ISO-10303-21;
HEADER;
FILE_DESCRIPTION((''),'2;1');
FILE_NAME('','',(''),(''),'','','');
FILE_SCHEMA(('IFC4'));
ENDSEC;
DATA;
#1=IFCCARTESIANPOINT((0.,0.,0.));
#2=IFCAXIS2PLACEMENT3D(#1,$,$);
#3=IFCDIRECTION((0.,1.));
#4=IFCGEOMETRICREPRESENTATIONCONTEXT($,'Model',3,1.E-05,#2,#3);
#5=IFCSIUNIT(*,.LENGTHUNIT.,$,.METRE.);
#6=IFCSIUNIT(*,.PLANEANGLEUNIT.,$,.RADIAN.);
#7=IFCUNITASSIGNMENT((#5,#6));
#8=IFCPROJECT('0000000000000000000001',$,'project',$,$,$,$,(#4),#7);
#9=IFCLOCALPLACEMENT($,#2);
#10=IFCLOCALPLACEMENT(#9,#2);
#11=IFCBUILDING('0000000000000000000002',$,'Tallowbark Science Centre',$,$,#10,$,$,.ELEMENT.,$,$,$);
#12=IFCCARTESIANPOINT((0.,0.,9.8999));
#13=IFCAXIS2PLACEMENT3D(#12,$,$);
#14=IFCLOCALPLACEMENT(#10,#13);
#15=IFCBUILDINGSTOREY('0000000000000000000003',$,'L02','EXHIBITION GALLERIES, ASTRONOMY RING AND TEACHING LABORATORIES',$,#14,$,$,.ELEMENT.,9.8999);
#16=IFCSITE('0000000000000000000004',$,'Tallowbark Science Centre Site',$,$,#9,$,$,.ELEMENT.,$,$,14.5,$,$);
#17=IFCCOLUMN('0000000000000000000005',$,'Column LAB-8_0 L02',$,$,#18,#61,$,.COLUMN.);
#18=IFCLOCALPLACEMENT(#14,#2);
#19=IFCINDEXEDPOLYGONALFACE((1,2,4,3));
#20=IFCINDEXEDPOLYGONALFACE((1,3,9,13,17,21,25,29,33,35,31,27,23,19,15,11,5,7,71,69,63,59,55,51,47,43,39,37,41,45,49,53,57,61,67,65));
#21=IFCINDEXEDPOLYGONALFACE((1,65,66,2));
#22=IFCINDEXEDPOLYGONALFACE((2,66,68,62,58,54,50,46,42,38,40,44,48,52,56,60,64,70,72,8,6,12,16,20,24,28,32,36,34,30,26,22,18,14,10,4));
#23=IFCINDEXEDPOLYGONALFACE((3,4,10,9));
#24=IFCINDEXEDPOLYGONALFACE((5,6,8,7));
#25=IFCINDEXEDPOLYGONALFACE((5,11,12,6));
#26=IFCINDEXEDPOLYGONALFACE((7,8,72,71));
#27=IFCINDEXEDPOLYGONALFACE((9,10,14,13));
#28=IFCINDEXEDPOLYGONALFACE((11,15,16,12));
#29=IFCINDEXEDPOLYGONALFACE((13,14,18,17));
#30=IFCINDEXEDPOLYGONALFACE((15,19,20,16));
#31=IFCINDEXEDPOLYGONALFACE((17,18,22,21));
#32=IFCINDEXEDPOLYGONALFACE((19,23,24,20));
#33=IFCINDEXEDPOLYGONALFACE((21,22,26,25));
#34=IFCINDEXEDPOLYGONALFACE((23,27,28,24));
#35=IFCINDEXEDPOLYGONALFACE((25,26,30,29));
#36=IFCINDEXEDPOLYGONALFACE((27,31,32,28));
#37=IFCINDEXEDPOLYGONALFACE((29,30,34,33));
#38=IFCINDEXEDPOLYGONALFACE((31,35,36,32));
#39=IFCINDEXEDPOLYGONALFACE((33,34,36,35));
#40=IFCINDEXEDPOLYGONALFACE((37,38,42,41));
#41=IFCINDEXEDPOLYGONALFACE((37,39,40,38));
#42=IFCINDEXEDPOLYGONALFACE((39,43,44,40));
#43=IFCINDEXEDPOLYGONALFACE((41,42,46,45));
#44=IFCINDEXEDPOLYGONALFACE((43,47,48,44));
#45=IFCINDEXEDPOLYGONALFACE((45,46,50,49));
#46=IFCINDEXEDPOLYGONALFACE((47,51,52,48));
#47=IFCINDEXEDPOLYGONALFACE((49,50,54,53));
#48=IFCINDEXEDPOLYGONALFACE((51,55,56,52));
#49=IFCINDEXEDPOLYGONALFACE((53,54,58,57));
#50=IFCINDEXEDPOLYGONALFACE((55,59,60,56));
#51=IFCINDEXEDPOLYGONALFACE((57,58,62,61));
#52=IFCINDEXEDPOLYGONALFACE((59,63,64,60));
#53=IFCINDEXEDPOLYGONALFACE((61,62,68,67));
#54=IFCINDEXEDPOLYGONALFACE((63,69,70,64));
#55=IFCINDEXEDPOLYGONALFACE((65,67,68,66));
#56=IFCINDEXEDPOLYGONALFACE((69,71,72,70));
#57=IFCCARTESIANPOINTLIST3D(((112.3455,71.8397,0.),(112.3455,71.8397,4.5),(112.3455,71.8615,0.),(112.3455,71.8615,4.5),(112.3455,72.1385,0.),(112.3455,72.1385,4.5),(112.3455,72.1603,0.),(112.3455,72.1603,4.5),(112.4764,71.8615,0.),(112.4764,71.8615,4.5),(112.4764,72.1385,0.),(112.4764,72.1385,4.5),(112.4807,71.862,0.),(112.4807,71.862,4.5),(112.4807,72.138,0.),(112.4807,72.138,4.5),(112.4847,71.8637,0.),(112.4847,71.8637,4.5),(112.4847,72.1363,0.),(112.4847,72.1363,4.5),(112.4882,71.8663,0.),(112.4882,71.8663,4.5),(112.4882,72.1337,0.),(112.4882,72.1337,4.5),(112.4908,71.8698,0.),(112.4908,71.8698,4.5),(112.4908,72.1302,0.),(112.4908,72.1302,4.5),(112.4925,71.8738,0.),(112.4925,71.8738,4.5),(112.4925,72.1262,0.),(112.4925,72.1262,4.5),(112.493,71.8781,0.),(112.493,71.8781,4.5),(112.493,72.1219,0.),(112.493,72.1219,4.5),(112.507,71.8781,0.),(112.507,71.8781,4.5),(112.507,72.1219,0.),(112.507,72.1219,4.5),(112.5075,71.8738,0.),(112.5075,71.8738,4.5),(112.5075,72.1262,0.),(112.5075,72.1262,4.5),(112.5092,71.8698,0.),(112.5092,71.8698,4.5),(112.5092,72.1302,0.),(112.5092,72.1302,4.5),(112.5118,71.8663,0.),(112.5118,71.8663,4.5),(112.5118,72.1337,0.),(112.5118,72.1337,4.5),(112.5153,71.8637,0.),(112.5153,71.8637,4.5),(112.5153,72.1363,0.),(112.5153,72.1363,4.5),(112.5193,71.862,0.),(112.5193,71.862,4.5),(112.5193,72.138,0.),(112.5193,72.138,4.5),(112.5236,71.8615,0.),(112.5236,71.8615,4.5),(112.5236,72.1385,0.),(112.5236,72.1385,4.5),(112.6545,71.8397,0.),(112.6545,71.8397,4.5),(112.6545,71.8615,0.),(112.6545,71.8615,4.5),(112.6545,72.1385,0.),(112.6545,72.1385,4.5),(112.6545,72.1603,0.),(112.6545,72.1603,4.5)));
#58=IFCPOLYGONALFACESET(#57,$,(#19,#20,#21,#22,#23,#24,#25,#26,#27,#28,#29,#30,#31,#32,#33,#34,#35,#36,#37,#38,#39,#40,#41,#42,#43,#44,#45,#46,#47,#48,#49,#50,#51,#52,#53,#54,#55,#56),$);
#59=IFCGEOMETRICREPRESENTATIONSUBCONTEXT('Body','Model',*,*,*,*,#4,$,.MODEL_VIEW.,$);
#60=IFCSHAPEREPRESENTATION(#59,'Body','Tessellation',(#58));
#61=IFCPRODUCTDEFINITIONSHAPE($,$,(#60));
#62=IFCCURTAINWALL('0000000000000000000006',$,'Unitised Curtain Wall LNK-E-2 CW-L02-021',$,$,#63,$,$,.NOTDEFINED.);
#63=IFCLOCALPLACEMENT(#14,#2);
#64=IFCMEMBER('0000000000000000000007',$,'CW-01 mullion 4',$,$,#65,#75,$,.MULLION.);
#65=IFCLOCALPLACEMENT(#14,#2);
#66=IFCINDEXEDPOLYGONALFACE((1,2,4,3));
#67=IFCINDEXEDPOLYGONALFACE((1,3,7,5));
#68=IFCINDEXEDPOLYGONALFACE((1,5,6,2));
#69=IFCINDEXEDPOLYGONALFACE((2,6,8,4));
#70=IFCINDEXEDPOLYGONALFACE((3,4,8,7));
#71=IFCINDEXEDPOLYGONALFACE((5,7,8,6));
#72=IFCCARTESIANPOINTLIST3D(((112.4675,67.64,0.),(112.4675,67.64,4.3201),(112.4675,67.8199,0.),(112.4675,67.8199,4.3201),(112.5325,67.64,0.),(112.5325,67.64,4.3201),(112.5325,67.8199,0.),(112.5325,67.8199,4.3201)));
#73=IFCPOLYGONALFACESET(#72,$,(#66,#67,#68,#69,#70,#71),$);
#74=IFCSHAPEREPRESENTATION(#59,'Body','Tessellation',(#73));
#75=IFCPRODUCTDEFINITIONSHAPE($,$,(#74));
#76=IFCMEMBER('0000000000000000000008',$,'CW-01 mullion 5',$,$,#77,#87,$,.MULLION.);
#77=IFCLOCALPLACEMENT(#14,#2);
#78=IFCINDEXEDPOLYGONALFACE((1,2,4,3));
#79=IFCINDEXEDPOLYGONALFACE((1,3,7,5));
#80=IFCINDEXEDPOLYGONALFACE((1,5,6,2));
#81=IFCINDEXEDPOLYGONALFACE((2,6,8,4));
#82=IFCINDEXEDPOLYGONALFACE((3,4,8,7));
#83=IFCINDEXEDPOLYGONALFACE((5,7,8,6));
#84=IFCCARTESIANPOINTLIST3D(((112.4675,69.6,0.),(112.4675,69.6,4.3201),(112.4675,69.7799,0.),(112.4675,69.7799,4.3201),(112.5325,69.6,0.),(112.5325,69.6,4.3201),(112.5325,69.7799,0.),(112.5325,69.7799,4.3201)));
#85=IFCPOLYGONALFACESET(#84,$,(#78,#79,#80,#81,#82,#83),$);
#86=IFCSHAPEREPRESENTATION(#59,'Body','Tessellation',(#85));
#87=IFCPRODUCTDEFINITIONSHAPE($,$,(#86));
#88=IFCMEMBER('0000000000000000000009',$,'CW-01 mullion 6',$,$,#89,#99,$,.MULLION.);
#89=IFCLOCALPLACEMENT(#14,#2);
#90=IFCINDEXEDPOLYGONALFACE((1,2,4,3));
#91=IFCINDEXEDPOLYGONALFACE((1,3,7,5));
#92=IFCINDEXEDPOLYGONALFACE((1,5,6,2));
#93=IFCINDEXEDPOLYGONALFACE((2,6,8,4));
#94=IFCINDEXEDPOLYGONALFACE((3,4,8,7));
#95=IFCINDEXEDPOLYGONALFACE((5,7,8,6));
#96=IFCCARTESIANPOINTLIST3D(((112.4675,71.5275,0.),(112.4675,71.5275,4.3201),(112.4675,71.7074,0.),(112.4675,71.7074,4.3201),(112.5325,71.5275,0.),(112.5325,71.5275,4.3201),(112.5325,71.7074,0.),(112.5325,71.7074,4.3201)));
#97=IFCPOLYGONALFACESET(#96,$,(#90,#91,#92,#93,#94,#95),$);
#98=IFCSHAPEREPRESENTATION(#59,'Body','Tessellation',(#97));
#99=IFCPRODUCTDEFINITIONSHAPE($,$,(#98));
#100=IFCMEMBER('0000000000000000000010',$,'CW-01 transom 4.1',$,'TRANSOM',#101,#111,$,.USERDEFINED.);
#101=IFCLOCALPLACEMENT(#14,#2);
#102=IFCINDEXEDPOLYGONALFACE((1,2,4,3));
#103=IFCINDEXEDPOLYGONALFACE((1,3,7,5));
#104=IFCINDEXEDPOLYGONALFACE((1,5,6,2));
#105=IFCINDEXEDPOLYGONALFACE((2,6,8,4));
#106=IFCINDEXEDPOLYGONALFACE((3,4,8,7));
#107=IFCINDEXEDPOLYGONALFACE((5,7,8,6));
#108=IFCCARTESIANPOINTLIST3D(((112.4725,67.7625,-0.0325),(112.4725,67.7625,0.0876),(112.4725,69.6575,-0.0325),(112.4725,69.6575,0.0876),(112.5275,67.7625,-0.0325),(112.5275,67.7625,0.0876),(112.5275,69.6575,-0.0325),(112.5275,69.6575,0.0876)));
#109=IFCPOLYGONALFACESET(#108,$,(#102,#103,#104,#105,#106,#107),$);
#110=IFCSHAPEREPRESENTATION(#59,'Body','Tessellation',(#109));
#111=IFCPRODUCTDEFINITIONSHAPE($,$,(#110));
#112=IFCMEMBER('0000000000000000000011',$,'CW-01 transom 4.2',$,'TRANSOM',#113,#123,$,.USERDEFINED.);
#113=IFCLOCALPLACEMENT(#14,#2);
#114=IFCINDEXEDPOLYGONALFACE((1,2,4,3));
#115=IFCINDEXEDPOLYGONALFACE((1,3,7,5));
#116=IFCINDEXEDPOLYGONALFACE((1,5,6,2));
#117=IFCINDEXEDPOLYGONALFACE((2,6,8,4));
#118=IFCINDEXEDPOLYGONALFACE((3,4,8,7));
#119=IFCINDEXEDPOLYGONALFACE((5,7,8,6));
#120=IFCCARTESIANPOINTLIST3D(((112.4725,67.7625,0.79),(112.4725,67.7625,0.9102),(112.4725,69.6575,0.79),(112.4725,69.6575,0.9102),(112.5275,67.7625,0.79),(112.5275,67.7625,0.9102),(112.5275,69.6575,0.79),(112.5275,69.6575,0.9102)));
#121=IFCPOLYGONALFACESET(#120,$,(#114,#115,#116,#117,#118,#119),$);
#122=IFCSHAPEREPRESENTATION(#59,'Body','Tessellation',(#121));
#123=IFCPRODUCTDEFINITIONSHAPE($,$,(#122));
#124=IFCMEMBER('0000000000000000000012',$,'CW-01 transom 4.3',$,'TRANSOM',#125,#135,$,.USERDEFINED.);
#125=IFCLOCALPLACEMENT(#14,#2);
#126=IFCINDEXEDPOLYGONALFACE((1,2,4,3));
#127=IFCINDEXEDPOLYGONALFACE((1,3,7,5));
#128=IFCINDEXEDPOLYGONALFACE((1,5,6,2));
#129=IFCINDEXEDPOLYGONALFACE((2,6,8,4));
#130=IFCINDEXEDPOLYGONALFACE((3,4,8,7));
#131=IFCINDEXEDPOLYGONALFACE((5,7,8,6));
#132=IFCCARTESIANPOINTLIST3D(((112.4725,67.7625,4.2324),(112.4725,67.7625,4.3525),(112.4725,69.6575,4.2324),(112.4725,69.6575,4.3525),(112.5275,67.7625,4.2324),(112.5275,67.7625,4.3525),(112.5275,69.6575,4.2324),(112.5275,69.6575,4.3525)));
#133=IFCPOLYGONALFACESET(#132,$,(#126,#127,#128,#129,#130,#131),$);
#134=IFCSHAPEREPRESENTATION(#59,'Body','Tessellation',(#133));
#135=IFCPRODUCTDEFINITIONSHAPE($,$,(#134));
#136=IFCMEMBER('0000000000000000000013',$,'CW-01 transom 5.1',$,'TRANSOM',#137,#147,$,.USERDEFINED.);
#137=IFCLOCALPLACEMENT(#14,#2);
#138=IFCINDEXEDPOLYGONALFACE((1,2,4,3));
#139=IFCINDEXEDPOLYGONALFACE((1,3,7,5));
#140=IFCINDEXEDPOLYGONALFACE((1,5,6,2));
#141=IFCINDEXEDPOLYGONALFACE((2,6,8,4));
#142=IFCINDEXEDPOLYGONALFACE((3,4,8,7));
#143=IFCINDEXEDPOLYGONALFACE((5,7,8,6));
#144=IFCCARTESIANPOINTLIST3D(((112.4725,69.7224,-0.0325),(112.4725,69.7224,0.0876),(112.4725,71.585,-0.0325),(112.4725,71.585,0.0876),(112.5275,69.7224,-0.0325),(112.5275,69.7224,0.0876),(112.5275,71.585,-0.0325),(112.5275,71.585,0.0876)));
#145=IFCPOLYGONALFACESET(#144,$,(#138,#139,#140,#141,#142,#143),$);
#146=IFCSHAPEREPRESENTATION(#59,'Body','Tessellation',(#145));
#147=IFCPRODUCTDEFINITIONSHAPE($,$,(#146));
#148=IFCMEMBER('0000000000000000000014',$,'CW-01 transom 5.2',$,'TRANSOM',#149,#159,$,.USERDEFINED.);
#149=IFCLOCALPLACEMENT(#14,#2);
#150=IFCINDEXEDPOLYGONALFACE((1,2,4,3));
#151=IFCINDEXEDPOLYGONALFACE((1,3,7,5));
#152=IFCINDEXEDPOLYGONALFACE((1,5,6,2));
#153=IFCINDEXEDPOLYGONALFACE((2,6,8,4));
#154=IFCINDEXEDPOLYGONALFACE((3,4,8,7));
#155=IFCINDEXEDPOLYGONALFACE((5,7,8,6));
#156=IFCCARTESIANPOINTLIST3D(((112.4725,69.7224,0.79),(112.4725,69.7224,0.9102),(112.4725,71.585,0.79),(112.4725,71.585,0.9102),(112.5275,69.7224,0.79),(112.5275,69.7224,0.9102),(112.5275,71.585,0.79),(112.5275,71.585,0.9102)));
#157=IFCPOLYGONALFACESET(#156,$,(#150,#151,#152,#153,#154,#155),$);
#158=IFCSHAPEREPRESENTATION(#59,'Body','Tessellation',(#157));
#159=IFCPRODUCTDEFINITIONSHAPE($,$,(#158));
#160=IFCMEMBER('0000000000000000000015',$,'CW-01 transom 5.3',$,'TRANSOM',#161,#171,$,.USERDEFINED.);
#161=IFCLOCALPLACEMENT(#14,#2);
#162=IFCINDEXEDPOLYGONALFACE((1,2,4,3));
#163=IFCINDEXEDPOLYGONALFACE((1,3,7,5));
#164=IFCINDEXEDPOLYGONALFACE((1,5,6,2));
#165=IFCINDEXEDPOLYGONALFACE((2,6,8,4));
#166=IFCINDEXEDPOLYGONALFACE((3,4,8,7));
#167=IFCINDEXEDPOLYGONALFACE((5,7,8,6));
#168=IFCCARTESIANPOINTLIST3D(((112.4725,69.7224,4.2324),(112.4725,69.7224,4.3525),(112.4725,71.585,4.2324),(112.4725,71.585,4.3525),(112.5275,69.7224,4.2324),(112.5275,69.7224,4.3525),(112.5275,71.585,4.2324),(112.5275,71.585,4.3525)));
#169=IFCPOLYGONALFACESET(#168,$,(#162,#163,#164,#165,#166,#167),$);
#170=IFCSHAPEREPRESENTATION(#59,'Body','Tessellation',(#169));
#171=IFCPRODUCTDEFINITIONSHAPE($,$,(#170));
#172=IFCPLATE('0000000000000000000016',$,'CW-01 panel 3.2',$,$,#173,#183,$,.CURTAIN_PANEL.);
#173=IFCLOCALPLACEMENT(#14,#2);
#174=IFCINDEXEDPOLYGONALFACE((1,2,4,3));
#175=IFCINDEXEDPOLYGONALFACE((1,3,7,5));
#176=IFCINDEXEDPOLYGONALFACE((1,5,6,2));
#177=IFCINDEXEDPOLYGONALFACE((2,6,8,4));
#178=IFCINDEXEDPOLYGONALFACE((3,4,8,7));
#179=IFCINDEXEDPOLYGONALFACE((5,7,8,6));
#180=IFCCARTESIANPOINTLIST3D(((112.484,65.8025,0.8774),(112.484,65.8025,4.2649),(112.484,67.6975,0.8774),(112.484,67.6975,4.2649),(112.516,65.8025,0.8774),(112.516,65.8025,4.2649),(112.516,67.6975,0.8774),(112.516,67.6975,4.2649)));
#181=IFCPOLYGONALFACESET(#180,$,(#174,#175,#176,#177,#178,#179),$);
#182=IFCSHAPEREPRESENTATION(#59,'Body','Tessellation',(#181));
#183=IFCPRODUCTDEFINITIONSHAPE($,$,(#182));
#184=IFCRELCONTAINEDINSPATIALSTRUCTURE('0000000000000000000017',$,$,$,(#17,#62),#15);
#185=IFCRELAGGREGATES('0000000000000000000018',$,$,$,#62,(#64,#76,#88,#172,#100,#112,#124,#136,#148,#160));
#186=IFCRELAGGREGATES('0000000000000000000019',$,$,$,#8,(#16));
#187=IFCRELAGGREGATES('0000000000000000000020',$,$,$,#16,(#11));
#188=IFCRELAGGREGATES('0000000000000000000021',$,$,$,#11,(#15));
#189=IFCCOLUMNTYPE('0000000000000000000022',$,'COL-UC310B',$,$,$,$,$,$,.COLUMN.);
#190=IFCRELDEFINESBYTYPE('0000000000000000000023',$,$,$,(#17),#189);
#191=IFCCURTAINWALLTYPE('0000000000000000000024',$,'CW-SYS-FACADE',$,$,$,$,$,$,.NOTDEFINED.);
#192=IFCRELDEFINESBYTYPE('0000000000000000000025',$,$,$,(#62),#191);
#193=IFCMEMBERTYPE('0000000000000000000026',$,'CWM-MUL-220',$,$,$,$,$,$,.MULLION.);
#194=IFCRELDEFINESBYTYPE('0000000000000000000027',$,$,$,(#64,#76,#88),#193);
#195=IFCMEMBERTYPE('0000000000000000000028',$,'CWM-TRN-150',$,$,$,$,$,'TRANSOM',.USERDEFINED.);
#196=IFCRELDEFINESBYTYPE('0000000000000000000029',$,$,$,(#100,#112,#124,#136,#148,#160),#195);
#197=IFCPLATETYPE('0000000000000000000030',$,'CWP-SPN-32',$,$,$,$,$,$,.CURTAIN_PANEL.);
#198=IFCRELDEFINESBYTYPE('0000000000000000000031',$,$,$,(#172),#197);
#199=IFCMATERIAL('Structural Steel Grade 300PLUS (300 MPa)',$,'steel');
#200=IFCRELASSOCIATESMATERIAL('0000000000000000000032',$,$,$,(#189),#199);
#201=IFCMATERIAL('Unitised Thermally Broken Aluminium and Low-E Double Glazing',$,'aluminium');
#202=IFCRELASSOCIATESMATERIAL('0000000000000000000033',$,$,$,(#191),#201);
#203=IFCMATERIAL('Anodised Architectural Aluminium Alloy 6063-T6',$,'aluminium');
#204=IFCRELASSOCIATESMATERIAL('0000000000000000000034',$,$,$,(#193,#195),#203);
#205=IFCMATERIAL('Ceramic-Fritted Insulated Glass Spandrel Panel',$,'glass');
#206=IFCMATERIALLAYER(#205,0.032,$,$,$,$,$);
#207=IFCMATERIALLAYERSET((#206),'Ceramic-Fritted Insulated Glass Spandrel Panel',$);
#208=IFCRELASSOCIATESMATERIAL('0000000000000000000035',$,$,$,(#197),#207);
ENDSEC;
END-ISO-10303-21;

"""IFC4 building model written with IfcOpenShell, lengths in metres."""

from ifc_helpers import new_model, si_unit, direction, frame, origin, origin_2d, place, context, subcontext, project, spatial, rectangle, i_section, extrude, material, layer, layer_set, material_profile, profile_set, type_object, element, aggregate, save


model = new_model("IFC4")

# Units and contexts
model_context = context("Model", 3, precision=1e-05, world=origin(), true_north=direction((0.0, 1.0)))
body_context = subcontext(model_context, "Body", "Model", "MODEL_VIEW")
ifc_project = project(units=[si_unit("LENGTHUNIT", "METRE"), si_unit("PLANEANGLEUNIT", "RADIAN")], contexts=[model_context])

# Site, building, storey
site_placement = place(None, origin())
site = spatial("IfcSite", under=ifc_project, at=site_placement, Name="Tallowbark Science Centre Site", CompositionType="ELEMENT", RefElevation=14.5)
building_placement = place(site_placement, origin())
building = spatial("IfcBuilding", under=site, at=building_placement, Name="Tallowbark Science Centre", CompositionType="ELEMENT")
storey_placement = place(building_placement, frame((0.0, 0.0, 9.8999)))
storey = spatial("IfcBuildingStorey", under=building, at=storey_placement, Name="L02", Description="EXHIBITION GALLERIES, ASTRONOMY RING AND TEACHING LABORATORIES", CompositionType="ELEMENT", Elevation=9.8999)

# Column
ifc_material_1 = material(Name="Structural Steel Grade 300PLUS (300 MPa)", Category="steel")
ifc_material_profile_1 = material_profile(ifc_material_1, i_section(OverallWidth=0.3091, OverallDepth=0.3206, WebThickness=0.0139, FlangeThickness=0.0217, FilletRadius=0.0166, at=origin_2d()), Name="310UC137")
ifc_profile_set_1 = profile_set([ifc_material_profile_1], Name="Structural Steel Grade 300PLUS (300 MPa)")
column_type = type_object("IfcColumnType", Name="COL-UC310B", PredefinedType="COLUMN", material=ifc_profile_set_1)
column_placement = place(storey_placement, frame((112.5, 72.0, 0.0), z_axis=(0.0, 0.0, 1.0), x_axis=(1.0, 0.0, 0.0)))
element("IfcColumn", 1, at=column_placement, inside=storey, type_object=column_type, Name="Column LAB-8_0 L02", PredefinedType="COLUMN", context=body_context, shape_type="SweptSolid", body=[
    extrude(i_section(OverallWidth=0.3091, OverallDepth=0.3206, WebThickness=0.0139, FlangeThickness=0.0217, FilletRadius=0.0166, at=origin_2d()), origin(), (0.0, 0.0, 1.0), 4.5),
])

# Curtain wall, members, plate
ifc_material_2 = material(Name="Unitised Thermally Broken Aluminium and Low-E Double Glazing", Category="aluminium")
curtain_wall_type = type_object("IfcCurtainWallType", Name="CW-SYS-FACADE", PredefinedType="NOTDEFINED", material=ifc_material_2)
curtain_wall_placement = place(storey_placement, origin())
curtain_wall = element("IfcCurtainWall", 2, at=curtain_wall_placement, inside=storey, type_object=curtain_wall_type, Name="Unitised Curtain Wall LNK-E-2 CW-L02-021", PredefinedType="NOTDEFINED")
ifc_material_3 = material(Name="Anodised Architectural Aluminium Alloy 6063-T6", Category="aluminium")
ifc_material_profile_2 = material_profile(ifc_material_3, rectangle(XDim=0.0649, YDim=0.1799, at=origin_2d()), Name="ALU65x180")
ifc_profile_set_2 = profile_set([ifc_material_profile_2], Name="Anodised Architectural Aluminium Alloy 6063-T6")
member_type_1 = type_object("IfcMemberType", Name="CWM-MUL-220", PredefinedType="MULLION", material=ifc_profile_set_2)
member_1_placement = place(storey_placement, frame((112.5, 67.73, 0.0), z_axis=(0.0, 0.0, 1.0), x_axis=(-1.0, 0.0, 0.0)))
member_1 = element("IfcMember", 3, at=member_1_placement, type_object=member_type_1, Name="CW-01 mullion 4", PredefinedType="MULLION", context=body_context, shape_type="SweptSolid", body=[
    extrude(rectangle(XDim=0.0649, YDim=0.1799, at=origin_2d()), origin(), (0.0, 0.0, 1.0), 4.3201),
])
member_2_placement = place(storey_placement, frame((112.5, 69.6899, 0.0), z_axis=(0.0, 0.0, 1.0), x_axis=(-1.0, 0.0, 0.0)))
member_2 = element("IfcMember", 4, at=member_2_placement, type_object=member_type_1, Name="CW-01 mullion 5", PredefinedType="MULLION", context=body_context, shape_type="SweptSolid", body=[
    extrude(rectangle(XDim=0.0649, YDim=0.1799, at=origin_2d()), origin(), (0.0, 0.0, 1.0), 4.3201),
])
member_3_placement = place(storey_placement, frame((112.5, 71.6174, 0.0), z_axis=(0.0, 0.0, 1.0), x_axis=(-1.0, 0.0, 0.0)))
member_3 = element("IfcMember", 5, at=member_3_placement, type_object=member_type_1, Name="CW-01 mullion 6", PredefinedType="MULLION", context=body_context, shape_type="SweptSolid", body=[
    extrude(rectangle(XDim=0.0649, YDim=0.1799, at=origin_2d()), origin(), (0.0, 0.0, 1.0), 4.3201),
])
ifc_material_profile_3 = material_profile(ifc_material_3, rectangle(XDim=0.0549, YDim=0.1201, at=origin_2d()), Name="ALU55x120")
ifc_profile_set_3 = profile_set([ifc_material_profile_3], Name="Anodised Architectural Aluminium Alloy 6063-T6")
member_type_2 = type_object("IfcMemberType", Name="CWM-TRN-150", ElementType="TRANSOM", PredefinedType="USERDEFINED", material=ifc_profile_set_3)
member_4_placement = place(storey_placement, frame((112.5, 67.7625, 0.0276), z_axis=(0.0, 1.0, 0.0), x_axis=(-1.0, 0.0, 0.0)))
member_4 = element("IfcMember", 6, at=member_4_placement, type_object=member_type_2, Name="CW-01 transom 4.1", ObjectType="TRANSOM", PredefinedType="USERDEFINED", context=body_context, shape_type="SweptSolid", body=[
    extrude(rectangle(XDim=0.0549, YDim=0.1201, at=origin_2d()), origin(), (0.0, 0.0, 1.0), 1.895),
])
member_5_placement = place(storey_placement, frame((112.5, 67.7625, 0.8501), z_axis=(0.0, 1.0, 0.0), x_axis=(-1.0, 0.0, 0.0)))
member_5 = element("IfcMember", 7, at=member_5_placement, type_object=member_type_2, Name="CW-01 transom 4.2", ObjectType="TRANSOM", PredefinedType="USERDEFINED", context=body_context, shape_type="SweptSolid", body=[
    extrude(rectangle(XDim=0.0549, YDim=0.1201, at=origin_2d()), origin(), (0.0, 0.0, 1.0), 1.895),
])
member_6_placement = place(storey_placement, frame((112.5, 67.7625, 4.2925), z_axis=(0.0, 1.0, 0.0), x_axis=(-1.0, 0.0, 0.0)))
member_6 = element("IfcMember", 8, at=member_6_placement, type_object=member_type_2, Name="CW-01 transom 4.3", ObjectType="TRANSOM", PredefinedType="USERDEFINED", context=body_context, shape_type="SweptSolid", body=[
    extrude(rectangle(XDim=0.0549, YDim=0.1201, at=origin_2d()), origin(), (0.0, 0.0, 1.0), 1.895),
])
member_7_placement = place(storey_placement, frame((112.5, 69.7224, 0.0276), z_axis=(0.0, 1.0, 0.0), x_axis=(-1.0, 0.0, 0.0)))
member_7 = element("IfcMember", 9, at=member_7_placement, type_object=member_type_2, Name="CW-01 transom 5.1", ObjectType="TRANSOM", PredefinedType="USERDEFINED", context=body_context, shape_type="SweptSolid", body=[
    extrude(rectangle(XDim=0.0549, YDim=0.1201, at=origin_2d()), origin(), (0.0, 0.0, 1.0), 1.8625),
])
member_8_placement = place(storey_placement, frame((112.5, 69.7224, 0.8501), z_axis=(0.0, 1.0, 0.0), x_axis=(-1.0, 0.0, 0.0)))
member_8 = element("IfcMember", 10, at=member_8_placement, type_object=member_type_2, Name="CW-01 transom 5.2", ObjectType="TRANSOM", PredefinedType="USERDEFINED", context=body_context, shape_type="SweptSolid", body=[
    extrude(rectangle(XDim=0.0549, YDim=0.1201, at=origin_2d()), origin(), (0.0, 0.0, 1.0), 1.8625),
])
member_9_placement = place(storey_placement, frame((112.5, 69.7224, 4.2925), z_axis=(0.0, 1.0, 0.0), x_axis=(-1.0, 0.0, 0.0)))
member_9 = element("IfcMember", 11, at=member_9_placement, type_object=member_type_2, Name="CW-01 transom 5.3", ObjectType="TRANSOM", PredefinedType="USERDEFINED", context=body_context, shape_type="SweptSolid", body=[
    extrude(rectangle(XDim=0.0549, YDim=0.1201, at=origin_2d()), origin(), (0.0, 0.0, 1.0), 1.8625),
])
ifc_material_4 = material(Name="Ceramic-Fritted Insulated Glass Spandrel Panel", Category="glass")
ifc_layer_1 = layer(ifc_material_4, 0.032)
ifc_layer_set_1 = layer_set([ifc_layer_1], Name="Ceramic-Fritted Insulated Glass Spandrel Panel")
plate_type = type_object("IfcPlateType", Name="CWP-SPN-32", PredefinedType="CURTAIN_PANEL", material=ifc_layer_set_1)
plate_1_placement = place(storey_placement, frame((112.5, 66.75, 0.8774), z_axis=(0.0, 0.0, 1.0), x_axis=(0.0, 1.0, 0.0)))
plate_1 = element("IfcPlate", 12, at=plate_1_placement, type_object=plate_type, Name="CW-01 panel 3.2", PredefinedType="CURTAIN_PANEL", context=body_context, shape_type="SweptSolid", body=[
    extrude(rectangle(XDim=1.895, YDim=0.032, at=origin_2d()), origin(), (0.0, 0.0, 1.0), 3.3875),
])
aggregate(curtain_wall, [member_1, member_2, member_3, plate_1, member_4, member_5, member_6, member_7, member_8, member_9])

save(model, "model.ifc")
